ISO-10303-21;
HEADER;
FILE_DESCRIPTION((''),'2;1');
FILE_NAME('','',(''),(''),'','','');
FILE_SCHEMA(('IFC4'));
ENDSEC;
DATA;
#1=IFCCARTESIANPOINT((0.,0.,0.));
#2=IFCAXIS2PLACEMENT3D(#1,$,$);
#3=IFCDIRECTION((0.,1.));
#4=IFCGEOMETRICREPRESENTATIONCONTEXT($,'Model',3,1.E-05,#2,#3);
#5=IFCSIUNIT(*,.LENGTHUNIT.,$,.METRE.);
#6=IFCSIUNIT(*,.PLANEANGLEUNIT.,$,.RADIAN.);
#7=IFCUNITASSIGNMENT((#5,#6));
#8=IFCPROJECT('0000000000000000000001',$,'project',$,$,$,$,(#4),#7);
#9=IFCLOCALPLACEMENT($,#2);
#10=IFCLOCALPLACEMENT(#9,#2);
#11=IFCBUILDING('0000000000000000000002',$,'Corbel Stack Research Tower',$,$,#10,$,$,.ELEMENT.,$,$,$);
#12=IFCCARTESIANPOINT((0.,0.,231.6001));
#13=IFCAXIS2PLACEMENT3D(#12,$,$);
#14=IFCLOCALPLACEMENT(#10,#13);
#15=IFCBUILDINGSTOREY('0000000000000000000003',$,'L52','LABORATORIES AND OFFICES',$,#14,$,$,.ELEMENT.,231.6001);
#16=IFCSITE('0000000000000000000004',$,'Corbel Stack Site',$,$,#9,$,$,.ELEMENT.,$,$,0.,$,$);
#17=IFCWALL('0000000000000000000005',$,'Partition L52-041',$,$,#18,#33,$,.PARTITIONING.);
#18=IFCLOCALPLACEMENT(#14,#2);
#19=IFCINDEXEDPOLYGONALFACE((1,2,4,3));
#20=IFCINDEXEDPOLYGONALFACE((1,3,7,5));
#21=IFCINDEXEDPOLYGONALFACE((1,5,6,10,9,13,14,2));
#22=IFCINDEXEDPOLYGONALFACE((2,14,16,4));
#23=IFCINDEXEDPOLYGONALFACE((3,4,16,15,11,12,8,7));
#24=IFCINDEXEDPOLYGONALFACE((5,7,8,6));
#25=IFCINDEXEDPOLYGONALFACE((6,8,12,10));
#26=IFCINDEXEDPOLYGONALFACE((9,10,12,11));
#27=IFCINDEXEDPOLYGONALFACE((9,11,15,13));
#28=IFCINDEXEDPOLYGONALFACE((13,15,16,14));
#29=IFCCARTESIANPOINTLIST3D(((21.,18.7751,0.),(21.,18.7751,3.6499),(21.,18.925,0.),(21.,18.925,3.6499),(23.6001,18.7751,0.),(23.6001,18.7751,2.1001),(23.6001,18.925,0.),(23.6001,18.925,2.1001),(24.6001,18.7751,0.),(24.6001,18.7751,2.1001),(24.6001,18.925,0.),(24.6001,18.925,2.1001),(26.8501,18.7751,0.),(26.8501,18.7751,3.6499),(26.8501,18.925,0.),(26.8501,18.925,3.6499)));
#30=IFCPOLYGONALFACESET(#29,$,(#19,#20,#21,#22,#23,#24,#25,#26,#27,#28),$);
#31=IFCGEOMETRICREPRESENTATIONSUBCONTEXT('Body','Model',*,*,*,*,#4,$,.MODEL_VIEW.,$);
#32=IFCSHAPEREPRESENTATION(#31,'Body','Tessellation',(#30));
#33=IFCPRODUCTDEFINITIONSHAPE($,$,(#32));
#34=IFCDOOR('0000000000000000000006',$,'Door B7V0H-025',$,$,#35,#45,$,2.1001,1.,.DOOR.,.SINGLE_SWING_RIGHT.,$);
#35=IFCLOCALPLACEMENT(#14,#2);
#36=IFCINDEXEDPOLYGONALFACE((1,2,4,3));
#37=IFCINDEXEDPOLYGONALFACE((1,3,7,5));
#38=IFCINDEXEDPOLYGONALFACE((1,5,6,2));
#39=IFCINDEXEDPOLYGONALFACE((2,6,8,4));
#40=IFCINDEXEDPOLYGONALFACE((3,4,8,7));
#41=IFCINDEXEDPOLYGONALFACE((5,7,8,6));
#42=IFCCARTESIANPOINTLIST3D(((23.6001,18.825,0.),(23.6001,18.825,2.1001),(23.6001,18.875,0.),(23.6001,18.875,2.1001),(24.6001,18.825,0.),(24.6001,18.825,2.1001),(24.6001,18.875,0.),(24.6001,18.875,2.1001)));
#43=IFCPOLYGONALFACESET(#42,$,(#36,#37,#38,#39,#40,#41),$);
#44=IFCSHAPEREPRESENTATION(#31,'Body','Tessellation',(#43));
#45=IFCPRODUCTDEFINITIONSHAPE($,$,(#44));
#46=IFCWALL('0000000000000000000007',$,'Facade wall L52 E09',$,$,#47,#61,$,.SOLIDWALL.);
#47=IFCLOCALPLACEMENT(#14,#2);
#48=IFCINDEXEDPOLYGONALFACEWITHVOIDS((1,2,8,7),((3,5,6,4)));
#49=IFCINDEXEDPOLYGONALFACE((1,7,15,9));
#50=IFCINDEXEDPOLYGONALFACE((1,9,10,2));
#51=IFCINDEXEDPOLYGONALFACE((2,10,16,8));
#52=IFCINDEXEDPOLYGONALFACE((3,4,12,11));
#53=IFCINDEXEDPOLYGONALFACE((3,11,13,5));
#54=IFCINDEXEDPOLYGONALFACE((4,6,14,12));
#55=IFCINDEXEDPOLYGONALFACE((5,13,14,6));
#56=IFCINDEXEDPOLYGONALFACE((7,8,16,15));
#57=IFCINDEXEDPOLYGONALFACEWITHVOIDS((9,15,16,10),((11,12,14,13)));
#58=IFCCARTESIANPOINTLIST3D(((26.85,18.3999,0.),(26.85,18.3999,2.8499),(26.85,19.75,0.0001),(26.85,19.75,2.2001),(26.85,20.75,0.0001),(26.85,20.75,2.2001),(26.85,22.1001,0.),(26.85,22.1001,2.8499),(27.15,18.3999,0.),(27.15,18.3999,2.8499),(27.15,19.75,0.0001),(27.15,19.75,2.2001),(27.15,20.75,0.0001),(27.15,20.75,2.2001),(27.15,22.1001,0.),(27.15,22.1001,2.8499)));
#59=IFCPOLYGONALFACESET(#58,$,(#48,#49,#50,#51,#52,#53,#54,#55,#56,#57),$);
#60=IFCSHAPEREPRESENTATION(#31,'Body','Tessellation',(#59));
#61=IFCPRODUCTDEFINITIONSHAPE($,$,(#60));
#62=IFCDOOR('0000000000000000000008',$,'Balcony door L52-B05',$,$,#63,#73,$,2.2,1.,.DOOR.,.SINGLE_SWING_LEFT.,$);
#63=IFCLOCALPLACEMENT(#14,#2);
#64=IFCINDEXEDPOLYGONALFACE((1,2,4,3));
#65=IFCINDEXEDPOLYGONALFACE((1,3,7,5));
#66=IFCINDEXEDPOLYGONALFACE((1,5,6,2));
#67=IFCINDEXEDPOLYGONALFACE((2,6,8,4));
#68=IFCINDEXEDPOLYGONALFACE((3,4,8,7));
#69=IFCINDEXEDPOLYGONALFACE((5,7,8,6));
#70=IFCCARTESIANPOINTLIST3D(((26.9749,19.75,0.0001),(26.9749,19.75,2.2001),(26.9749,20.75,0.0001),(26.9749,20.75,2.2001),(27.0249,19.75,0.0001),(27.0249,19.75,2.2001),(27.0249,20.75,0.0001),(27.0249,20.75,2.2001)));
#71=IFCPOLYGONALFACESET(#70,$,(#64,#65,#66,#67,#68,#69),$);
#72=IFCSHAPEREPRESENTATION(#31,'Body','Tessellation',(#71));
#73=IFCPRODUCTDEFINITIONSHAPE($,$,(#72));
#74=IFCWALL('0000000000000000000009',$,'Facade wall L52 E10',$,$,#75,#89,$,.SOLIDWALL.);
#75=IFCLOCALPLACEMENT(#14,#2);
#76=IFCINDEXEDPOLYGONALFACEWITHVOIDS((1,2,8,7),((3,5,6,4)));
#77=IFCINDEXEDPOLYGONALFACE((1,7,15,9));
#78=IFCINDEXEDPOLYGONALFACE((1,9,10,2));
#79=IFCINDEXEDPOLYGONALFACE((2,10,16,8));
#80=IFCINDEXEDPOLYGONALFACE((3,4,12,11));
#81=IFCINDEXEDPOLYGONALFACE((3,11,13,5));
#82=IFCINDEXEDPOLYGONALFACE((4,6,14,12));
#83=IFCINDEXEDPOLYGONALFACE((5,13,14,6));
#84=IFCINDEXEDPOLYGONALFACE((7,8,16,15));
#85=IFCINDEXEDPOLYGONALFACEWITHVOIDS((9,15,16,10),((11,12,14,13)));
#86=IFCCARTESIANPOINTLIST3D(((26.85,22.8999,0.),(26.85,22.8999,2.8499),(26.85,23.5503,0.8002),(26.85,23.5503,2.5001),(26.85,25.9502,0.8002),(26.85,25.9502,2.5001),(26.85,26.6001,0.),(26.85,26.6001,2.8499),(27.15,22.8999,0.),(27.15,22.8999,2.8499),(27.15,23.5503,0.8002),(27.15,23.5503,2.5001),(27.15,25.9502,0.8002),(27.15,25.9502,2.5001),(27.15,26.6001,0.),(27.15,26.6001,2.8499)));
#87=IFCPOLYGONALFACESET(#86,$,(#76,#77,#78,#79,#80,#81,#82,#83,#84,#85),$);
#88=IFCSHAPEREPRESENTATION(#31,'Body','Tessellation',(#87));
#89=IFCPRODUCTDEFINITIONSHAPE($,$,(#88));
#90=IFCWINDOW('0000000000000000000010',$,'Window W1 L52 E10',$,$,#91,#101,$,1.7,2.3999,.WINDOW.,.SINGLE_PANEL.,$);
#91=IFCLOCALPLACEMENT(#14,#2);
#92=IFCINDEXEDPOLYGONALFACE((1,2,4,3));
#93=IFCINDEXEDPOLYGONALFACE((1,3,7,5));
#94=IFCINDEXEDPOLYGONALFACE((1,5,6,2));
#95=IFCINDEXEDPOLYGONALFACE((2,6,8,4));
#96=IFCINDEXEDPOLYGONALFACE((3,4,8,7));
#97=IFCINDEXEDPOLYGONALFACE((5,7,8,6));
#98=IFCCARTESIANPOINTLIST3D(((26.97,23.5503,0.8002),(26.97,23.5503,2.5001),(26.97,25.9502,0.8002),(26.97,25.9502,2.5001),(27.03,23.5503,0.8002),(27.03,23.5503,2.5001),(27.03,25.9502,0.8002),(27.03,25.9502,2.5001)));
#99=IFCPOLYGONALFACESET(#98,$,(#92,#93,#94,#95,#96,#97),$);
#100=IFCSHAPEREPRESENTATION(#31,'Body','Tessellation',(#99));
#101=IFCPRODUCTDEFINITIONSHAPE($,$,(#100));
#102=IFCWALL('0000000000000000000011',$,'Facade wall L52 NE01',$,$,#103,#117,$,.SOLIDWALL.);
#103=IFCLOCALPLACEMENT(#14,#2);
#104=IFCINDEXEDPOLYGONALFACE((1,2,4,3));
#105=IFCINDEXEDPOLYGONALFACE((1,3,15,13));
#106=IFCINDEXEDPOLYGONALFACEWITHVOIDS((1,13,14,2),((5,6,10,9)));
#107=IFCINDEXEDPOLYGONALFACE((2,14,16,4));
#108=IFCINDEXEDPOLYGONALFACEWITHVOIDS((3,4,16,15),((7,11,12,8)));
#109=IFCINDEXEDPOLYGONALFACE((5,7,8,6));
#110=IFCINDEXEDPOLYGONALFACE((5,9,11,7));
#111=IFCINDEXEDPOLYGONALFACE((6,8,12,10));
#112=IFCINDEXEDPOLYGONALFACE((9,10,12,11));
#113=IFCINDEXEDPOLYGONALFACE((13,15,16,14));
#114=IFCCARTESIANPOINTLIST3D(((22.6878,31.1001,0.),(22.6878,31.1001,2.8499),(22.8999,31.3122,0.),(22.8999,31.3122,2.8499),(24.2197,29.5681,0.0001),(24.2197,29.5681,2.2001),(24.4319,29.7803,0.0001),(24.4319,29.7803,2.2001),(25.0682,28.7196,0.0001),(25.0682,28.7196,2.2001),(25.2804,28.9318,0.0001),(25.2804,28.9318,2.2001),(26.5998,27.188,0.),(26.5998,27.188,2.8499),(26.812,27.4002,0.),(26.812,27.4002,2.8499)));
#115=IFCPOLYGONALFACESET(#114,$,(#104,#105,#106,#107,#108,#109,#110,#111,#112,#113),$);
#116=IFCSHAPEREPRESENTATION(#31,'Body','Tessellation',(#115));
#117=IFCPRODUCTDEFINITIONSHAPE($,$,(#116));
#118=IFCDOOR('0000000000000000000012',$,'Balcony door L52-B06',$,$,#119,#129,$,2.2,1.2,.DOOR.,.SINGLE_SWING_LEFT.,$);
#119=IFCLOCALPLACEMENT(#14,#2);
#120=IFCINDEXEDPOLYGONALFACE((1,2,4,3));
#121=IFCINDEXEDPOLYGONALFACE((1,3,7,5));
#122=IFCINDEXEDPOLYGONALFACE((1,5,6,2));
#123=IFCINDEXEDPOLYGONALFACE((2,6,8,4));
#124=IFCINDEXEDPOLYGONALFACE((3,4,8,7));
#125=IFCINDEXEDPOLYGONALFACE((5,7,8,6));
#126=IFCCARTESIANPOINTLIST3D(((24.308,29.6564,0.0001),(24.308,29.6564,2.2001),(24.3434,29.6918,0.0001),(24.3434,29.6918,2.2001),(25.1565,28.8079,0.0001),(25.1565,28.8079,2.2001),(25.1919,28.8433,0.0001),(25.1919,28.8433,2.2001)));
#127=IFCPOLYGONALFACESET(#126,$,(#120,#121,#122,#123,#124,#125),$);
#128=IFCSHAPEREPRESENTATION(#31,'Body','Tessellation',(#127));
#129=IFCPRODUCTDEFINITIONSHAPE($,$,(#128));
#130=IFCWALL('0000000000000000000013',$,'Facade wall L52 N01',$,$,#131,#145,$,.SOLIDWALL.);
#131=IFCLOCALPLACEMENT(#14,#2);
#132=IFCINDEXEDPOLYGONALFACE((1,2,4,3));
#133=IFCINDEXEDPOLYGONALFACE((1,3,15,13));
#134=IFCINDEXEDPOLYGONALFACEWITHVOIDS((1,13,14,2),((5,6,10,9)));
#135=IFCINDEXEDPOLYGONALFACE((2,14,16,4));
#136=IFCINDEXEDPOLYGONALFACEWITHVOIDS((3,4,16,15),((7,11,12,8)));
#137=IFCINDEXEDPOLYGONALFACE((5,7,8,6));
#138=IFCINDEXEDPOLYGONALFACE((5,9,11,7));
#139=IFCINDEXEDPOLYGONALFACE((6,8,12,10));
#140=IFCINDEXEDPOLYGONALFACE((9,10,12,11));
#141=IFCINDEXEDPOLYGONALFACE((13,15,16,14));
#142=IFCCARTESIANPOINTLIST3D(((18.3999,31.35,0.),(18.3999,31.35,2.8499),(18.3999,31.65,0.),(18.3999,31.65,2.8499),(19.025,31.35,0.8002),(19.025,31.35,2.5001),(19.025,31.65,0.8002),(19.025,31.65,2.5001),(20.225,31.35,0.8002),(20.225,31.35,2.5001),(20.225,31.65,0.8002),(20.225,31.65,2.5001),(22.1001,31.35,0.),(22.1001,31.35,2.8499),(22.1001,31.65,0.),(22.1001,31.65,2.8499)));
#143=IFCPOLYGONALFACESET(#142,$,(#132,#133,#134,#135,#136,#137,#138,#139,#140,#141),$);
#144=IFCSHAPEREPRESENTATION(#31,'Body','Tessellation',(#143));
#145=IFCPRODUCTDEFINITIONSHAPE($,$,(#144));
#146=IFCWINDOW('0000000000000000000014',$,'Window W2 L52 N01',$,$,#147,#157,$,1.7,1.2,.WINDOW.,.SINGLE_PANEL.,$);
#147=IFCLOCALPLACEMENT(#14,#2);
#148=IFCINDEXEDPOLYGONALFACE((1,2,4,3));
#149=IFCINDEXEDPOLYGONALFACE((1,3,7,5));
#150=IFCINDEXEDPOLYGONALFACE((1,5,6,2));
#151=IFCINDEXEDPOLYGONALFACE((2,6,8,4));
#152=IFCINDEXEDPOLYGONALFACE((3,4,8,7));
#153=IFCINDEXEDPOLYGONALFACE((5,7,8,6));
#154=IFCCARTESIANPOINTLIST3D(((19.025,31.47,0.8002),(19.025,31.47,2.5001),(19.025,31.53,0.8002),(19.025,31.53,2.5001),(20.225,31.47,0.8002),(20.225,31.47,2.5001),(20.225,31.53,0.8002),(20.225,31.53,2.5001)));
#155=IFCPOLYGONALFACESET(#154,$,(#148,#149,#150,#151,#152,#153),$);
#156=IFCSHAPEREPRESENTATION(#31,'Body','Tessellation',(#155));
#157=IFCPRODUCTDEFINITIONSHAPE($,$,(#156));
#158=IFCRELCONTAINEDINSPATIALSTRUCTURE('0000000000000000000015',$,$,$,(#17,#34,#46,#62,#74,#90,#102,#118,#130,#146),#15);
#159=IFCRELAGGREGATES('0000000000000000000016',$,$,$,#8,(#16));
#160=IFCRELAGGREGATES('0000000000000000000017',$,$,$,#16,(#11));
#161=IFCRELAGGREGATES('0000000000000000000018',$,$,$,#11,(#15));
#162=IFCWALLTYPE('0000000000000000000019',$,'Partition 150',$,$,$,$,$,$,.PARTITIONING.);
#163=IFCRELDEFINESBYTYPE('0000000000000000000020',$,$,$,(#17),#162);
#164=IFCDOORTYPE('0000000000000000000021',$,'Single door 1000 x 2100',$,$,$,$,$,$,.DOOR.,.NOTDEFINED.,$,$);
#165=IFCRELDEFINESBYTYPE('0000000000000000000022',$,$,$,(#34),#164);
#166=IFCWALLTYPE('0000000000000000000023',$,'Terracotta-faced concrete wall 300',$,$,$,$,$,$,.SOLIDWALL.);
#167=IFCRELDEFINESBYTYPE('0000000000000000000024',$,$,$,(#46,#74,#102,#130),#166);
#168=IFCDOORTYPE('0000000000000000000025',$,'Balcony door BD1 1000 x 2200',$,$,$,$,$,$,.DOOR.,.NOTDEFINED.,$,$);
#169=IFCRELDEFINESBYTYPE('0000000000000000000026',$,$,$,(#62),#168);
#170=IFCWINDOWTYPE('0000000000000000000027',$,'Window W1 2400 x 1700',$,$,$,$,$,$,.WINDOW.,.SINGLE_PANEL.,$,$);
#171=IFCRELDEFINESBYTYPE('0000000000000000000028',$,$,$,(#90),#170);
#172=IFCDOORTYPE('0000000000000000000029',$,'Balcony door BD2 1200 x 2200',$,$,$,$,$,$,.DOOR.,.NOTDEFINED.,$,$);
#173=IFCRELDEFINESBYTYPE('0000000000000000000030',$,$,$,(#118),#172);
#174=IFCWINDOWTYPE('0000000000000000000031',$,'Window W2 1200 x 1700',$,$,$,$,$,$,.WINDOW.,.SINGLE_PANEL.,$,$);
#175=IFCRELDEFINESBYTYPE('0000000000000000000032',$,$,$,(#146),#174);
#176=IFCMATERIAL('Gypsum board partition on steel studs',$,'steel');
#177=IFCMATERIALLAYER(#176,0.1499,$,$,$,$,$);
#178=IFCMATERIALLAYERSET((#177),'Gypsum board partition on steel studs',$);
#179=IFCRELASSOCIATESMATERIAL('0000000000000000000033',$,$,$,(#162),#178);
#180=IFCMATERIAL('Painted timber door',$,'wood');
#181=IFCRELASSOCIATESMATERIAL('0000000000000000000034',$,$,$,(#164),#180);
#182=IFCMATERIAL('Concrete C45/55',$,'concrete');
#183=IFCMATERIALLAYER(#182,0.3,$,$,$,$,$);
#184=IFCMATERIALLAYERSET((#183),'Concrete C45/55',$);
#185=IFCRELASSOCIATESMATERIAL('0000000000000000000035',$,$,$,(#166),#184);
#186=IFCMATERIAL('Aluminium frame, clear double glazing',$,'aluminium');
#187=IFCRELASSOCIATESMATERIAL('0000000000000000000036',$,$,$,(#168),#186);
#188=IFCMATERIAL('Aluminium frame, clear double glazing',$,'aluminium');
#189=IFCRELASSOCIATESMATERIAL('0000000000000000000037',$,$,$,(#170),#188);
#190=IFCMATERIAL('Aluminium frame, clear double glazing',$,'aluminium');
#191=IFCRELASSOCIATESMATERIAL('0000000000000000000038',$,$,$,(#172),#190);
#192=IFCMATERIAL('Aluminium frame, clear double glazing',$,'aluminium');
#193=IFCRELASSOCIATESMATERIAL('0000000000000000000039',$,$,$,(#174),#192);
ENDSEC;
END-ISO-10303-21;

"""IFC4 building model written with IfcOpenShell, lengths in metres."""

from ifc_helpers import new_model, si_unit, direction, frame, frame_2d, origin, place, context, subcontext, project, spatial, rectangle, extrude, material, layer, layer_set, type_object, element, fill, save


model = new_model("IFC4")

# Units and contexts
model_context = context("Model", 3, precision=1e-05, world=origin(), true_north=direction((0.0, 1.0)))
body_context = subcontext(model_context, "Body", "Model", "MODEL_VIEW")
ifc_project = project(units=[si_unit("LENGTHUNIT", "METRE"), si_unit("PLANEANGLEUNIT", "RADIAN")], contexts=[model_context])

# Site, building, storey
site_placement = place(None, origin())
site = spatial("IfcSite", under=ifc_project, at=site_placement, Name="Corbel Stack Site", CompositionType="ELEMENT", RefElevation=0.0)
building_placement = place(site_placement, origin())
building = spatial("IfcBuilding", under=site, at=building_placement, Name="Corbel Stack Research Tower", CompositionType="ELEMENT")
storey_placement = place(building_placement, frame((0.0, 0.0, 231.6001)))
storey = spatial("IfcBuildingStorey", under=building, at=storey_placement, Name="L52", Description="LABORATORIES AND OFFICES", CompositionType="ELEMENT", Elevation=231.6001)

# Walls, openings, doors
ifc_material_1 = material(Name="Gypsum board partition on steel studs", Category="steel")
ifc_layer_1 = layer(ifc_material_1, 0.1499)
ifc_layer_set_1 = layer_set([ifc_layer_1], Name="Gypsum board partition on steel studs")
wall_type_1 = type_object("IfcWallType", Name="Partition 150", PredefinedType="PARTITIONING", material=ifc_layer_set_1)
wall_1_placement = place(storey_placement, frame((21.0, 18.8501, 0.0), z_axis=(0.0, 0.0, 1.0), x_axis=(1.0, 0.0, 0.0)))
wall_1 = element("IfcWall", 1, at=wall_1_placement, inside=storey, type_object=wall_type_1, Name="Partition L52-041", PredefinedType="PARTITIONING", context=body_context, shape_type="SweptSolid", body=[
    extrude(rectangle(XDim=5.8501, YDim=0.1499, at=frame_2d((2.925, 0.0))), origin(), (0.0, 0.0, 1.0), 3.6499),
])
opening_1_placement = place(wall_1_placement, frame((2.6001, 0.0, 0.0)))
opening_1 = element("IfcOpeningElement", 2, at=opening_1_placement, cuts=wall_1, PredefinedType="OPENING", context=body_context, shape_type="SweptSolid", body=[
    extrude(rectangle(XDim=1.0, YDim=2.1001, at=frame_2d((0.5, 1.05))), frame((0.0, 0.085, 0.0), z_axis=(0.0, -1.0, 0.0), x_axis=(1.0, 0.0, 0.0)), (0.0, 0.0, 1.0), 0.1699),
])
ifc_material_2 = material(Name="Painted timber door", Category="wood")
door_type_1 = type_object("IfcDoorType", Name="Single door 1000 x 2100", OperationType="NOTDEFINED", PredefinedType="DOOR", material=ifc_material_2)
door_1_placement = place(opening_1_placement, origin())
door_1 = element("IfcDoor", 3, at=door_1_placement, inside=storey, type_object=door_type_1, Name="Door B7V0H-025", OperationType="SINGLE_SWING_RIGHT", OverallHeight=2.1001, OverallWidth=1.0, PredefinedType="DOOR", context=body_context, shape_type="SweptSolid", body=[
    extrude(rectangle(XDim=1.0, YDim=2.1001, at=frame_2d((0.5, 1.05))), frame((0.0, 0.0249, 0.0), z_axis=(0.0, -1.0, 0.0), x_axis=(1.0, 0.0, 0.0)), (0.0, 0.0, 1.0), 0.05),
])
fill(opening_1, door_1)
ifc_material_3 = material(Name="Concrete C45/55", Category="concrete")
ifc_layer_2 = layer(ifc_material_3, 0.3)
ifc_layer_set_2 = layer_set([ifc_layer_2], Name="Concrete C45/55")
wall_type_2 = type_object("IfcWallType", Name="Terracotta-faced concrete wall 300", PredefinedType="SOLIDWALL", material=ifc_layer_set_2)
wall_2_placement = place(storey_placement, frame((27.0, 22.1001, 0.0), z_axis=(0.0, 0.0, 1.0), x_axis=(0.0, -1.0, 0.0)))
wall_2 = element("IfcWall", 4, at=wall_2_placement, inside=storey, type_object=wall_type_2, Name="Facade wall L52 E09", PredefinedType="SOLIDWALL", context=body_context, shape_type="SweptSolid", body=[
    extrude(rectangle(XDim=3.7002, YDim=0.3, at=frame_2d((1.8501, 0.0))), origin(), (0.0, 0.0, 1.0), 2.8499),
])
opening_2_placement = place(wall_2_placement, frame((1.3501, 0.0, 0.0)))
opening_2 = element("IfcOpeningElement", 5, at=opening_2_placement, cuts=wall_2, PredefinedType="OPENING", context=body_context, shape_type="SweptSolid", body=[
    extrude(rectangle(XDim=1.0, YDim=2.2, at=frame_2d((0.5, 1.1001))), frame((0.0, 0.1599, 0.0), z_axis=(0.0, -1.0, 0.0), x_axis=(1.0, 0.0, 0.0)), (0.0, 0.0, 1.0), 0.3201),
])
ifc_material_4 = material(Name="Aluminium frame, clear double glazing", Category="aluminium")
door_type_2 = type_object("IfcDoorType", Name="Balcony door BD1 1000 x 2200", OperationType="NOTDEFINED", PredefinedType="DOOR", material=ifc_material_4)
door_2_placement = place(opening_2_placement, origin())
door_2 = element("IfcDoor", 6, at=door_2_placement, inside=storey, type_object=door_type_2, Name="Balcony door L52-B05", OperationType="SINGLE_SWING_LEFT", OverallHeight=2.2, OverallWidth=1.0, PredefinedType="DOOR", context=body_context, shape_type="SweptSolid", body=[
    extrude(rectangle(XDim=1.0, YDim=2.2, at=frame_2d((0.5, 1.1001))), frame((0.0, 0.0249, 0.0), z_axis=(0.0, -1.0, 0.0), x_axis=(1.0, 0.0, 0.0)), (0.0, 0.0, 1.0), 0.05),
])
fill(opening_2, door_2)

# Wall, opening, window
wall_3_placement = place(storey_placement, frame((27.0, 26.6001, 0.0), z_axis=(0.0, 0.0, 1.0), x_axis=(0.0, -1.0, 0.0)))
wall_3 = element("IfcWall", 7, at=wall_3_placement, inside=storey, type_object=wall_type_2, Name="Facade wall L52 E10", PredefinedType="SOLIDWALL", context=body_context, shape_type="SweptSolid", body=[
    extrude(rectangle(XDim=3.7002, YDim=0.3, at=frame_2d((1.8501, 0.0))), origin(), (0.0, 0.0, 1.0), 2.8499),
])
opening_3_placement = place(wall_3_placement, frame((0.6499, 0.0, 0.8)))
opening_3 = element("IfcOpeningElement", 8, at=opening_3_placement, cuts=wall_3, PredefinedType="OPENING", context=body_context, shape_type="SweptSolid", body=[
    extrude(rectangle(XDim=2.3999, YDim=1.7, at=frame_2d((1.2, 0.8501))), frame((0.0, 0.1599, 0.0), z_axis=(0.0, -1.0, 0.0), x_axis=(1.0, 0.0, 0.0)), (0.0, 0.0, 1.0), 0.3201),
])
ifc_material_5 = material(Name="Aluminium frame, clear double glazing", Category="aluminium")
window_type_1 = type_object("IfcWindowType", Name="Window W1 2400 x 1700", PartitioningType="SINGLE_PANEL", PredefinedType="WINDOW", material=ifc_material_5)
window_1_placement = place(opening_3_placement, origin())
window_1 = element("IfcWindow", 9, at=window_1_placement, inside=storey, type_object=window_type_1, Name="Window W1 L52 E10", OverallHeight=1.7, OverallWidth=2.3999, PartitioningType="SINGLE_PANEL", PredefinedType="WINDOW", context=body_context, shape_type="SweptSolid", body=[
    extrude(rectangle(XDim=2.3999, YDim=1.7, at=frame_2d((1.2, 0.8501))), frame((0.0, 0.03, 0.0), z_axis=(0.0, -1.0, 0.0), x_axis=(1.0, 0.0, 0.0)), (0.0, 0.0, 1.0), 0.0601),
])
fill(opening_3, window_1)

# Wall, opening, door
wall_4_placement = place(storey_placement, frame((22.7939, 31.2061, 0.0), z_axis=(0.0, 0.0, 1.0), x_axis=(0.707107, -0.707107, 0.0)))
wall_4 = element("IfcWall", 10, at=wall_4_placement, inside=storey, type_object=wall_type_2, Name="Facade wall L52 NE01", PredefinedType="SOLIDWALL", context=body_context, shape_type="SweptSolid", body=[
    extrude(rectangle(XDim=5.5325, YDim=0.3, at=frame_2d((2.7661, 0.0))), origin(), (0.0, 0.0, 1.0), 2.8499),
])
opening_4_placement = place(wall_4_placement, frame((2.1663, 0.0, 0.0)))
opening_4 = element("IfcOpeningElement", 11, at=opening_4_placement, cuts=wall_4, PredefinedType="OPENING", context=body_context, shape_type="SweptSolid", body=[
    extrude(rectangle(XDim=1.2, YDim=2.2, at=frame_2d((0.6001, 1.1001))), frame((0.0, 0.1599, 0.0), z_axis=(0.0, -1.0, 0.0), x_axis=(1.0, 0.0, 0.0)), (0.0, 0.0, 1.0), 0.3201),
])
ifc_material_6 = material(Name="Aluminium frame, clear double glazing", Category="aluminium")
door_type_3 = type_object("IfcDoorType", Name="Balcony door BD2 1200 x 2200", OperationType="NOTDEFINED", PredefinedType="DOOR", material=ifc_material_6)
door_3_placement = place(opening_4_placement, origin())
door_3 = element("IfcDoor", 12, at=door_3_placement, inside=storey, type_object=door_type_3, Name="Balcony door L52-B06", OperationType="SINGLE_SWING_LEFT", OverallHeight=2.2, OverallWidth=1.2, PredefinedType="DOOR", context=body_context, shape_type="SweptSolid", body=[
    extrude(rectangle(XDim=1.2, YDim=2.2, at=frame_2d((0.6001, 1.1001))), frame((0.0, 0.0249, 0.0), z_axis=(0.0, -1.0, 0.0), x_axis=(1.0, 0.0, 0.0)), (0.0, 0.0, 1.0), 0.05),
])
fill(opening_4, door_3)

# Wall, opening, window
wall_5_placement = place(storey_placement, frame((18.3999, 31.5, 0.0), z_axis=(0.0, 0.0, 1.0), x_axis=(1.0, 0.0, 0.0)))
wall_5 = element("IfcWall", 13, at=wall_5_placement, inside=storey, type_object=wall_type_2, Name="Facade wall L52 N01", PredefinedType="SOLIDWALL", context=body_context, shape_type="SweptSolid", body=[
    extrude(rectangle(XDim=3.7002, YDim=0.3, at=frame_2d((1.8501, 0.0))), origin(), (0.0, 0.0, 1.0), 2.8499),
])
opening_5_placement = place(wall_5_placement, frame((0.625, 0.0, 0.8)))
opening_5 = element("IfcOpeningElement", 14, at=opening_5_placement, cuts=wall_5, PredefinedType="OPENING", context=body_context, shape_type="SweptSolid", body=[
    extrude(rectangle(XDim=1.2, YDim=1.7, at=frame_2d((0.6001, 0.8501))), frame((0.0, 0.1599, 0.0), z_axis=(0.0, -1.0, 0.0), x_axis=(1.0, 0.0, 0.0)), (0.0, 0.0, 1.0), 0.3201),
])
ifc_material_7 = material(Name="Aluminium frame, clear double glazing", Category="aluminium")
window_type_2 = type_object("IfcWindowType", Name="Window W2 1200 x 1700", PartitioningType="SINGLE_PANEL", PredefinedType="WINDOW", material=ifc_material_7)
window_2_placement = place(opening_5_placement, origin())
window_2 = element("IfcWindow", 15, at=window_2_placement, inside=storey, type_object=window_type_2, Name="Window W2 L52 N01", OverallHeight=1.7, OverallWidth=1.2, PartitioningType="SINGLE_PANEL", PredefinedType="WINDOW", context=body_context, shape_type="SweptSolid", body=[
    extrude(rectangle(XDim=1.2, YDim=1.7, at=frame_2d((0.6001, 0.8501))), frame((0.0, 0.03, 0.0), z_axis=(0.0, -1.0, 0.0), x_axis=(1.0, 0.0, 0.0)), (0.0, 0.0, 1.0), 0.0601),
])
fill(opening_5, window_2)

save(model, "model.ifc")
